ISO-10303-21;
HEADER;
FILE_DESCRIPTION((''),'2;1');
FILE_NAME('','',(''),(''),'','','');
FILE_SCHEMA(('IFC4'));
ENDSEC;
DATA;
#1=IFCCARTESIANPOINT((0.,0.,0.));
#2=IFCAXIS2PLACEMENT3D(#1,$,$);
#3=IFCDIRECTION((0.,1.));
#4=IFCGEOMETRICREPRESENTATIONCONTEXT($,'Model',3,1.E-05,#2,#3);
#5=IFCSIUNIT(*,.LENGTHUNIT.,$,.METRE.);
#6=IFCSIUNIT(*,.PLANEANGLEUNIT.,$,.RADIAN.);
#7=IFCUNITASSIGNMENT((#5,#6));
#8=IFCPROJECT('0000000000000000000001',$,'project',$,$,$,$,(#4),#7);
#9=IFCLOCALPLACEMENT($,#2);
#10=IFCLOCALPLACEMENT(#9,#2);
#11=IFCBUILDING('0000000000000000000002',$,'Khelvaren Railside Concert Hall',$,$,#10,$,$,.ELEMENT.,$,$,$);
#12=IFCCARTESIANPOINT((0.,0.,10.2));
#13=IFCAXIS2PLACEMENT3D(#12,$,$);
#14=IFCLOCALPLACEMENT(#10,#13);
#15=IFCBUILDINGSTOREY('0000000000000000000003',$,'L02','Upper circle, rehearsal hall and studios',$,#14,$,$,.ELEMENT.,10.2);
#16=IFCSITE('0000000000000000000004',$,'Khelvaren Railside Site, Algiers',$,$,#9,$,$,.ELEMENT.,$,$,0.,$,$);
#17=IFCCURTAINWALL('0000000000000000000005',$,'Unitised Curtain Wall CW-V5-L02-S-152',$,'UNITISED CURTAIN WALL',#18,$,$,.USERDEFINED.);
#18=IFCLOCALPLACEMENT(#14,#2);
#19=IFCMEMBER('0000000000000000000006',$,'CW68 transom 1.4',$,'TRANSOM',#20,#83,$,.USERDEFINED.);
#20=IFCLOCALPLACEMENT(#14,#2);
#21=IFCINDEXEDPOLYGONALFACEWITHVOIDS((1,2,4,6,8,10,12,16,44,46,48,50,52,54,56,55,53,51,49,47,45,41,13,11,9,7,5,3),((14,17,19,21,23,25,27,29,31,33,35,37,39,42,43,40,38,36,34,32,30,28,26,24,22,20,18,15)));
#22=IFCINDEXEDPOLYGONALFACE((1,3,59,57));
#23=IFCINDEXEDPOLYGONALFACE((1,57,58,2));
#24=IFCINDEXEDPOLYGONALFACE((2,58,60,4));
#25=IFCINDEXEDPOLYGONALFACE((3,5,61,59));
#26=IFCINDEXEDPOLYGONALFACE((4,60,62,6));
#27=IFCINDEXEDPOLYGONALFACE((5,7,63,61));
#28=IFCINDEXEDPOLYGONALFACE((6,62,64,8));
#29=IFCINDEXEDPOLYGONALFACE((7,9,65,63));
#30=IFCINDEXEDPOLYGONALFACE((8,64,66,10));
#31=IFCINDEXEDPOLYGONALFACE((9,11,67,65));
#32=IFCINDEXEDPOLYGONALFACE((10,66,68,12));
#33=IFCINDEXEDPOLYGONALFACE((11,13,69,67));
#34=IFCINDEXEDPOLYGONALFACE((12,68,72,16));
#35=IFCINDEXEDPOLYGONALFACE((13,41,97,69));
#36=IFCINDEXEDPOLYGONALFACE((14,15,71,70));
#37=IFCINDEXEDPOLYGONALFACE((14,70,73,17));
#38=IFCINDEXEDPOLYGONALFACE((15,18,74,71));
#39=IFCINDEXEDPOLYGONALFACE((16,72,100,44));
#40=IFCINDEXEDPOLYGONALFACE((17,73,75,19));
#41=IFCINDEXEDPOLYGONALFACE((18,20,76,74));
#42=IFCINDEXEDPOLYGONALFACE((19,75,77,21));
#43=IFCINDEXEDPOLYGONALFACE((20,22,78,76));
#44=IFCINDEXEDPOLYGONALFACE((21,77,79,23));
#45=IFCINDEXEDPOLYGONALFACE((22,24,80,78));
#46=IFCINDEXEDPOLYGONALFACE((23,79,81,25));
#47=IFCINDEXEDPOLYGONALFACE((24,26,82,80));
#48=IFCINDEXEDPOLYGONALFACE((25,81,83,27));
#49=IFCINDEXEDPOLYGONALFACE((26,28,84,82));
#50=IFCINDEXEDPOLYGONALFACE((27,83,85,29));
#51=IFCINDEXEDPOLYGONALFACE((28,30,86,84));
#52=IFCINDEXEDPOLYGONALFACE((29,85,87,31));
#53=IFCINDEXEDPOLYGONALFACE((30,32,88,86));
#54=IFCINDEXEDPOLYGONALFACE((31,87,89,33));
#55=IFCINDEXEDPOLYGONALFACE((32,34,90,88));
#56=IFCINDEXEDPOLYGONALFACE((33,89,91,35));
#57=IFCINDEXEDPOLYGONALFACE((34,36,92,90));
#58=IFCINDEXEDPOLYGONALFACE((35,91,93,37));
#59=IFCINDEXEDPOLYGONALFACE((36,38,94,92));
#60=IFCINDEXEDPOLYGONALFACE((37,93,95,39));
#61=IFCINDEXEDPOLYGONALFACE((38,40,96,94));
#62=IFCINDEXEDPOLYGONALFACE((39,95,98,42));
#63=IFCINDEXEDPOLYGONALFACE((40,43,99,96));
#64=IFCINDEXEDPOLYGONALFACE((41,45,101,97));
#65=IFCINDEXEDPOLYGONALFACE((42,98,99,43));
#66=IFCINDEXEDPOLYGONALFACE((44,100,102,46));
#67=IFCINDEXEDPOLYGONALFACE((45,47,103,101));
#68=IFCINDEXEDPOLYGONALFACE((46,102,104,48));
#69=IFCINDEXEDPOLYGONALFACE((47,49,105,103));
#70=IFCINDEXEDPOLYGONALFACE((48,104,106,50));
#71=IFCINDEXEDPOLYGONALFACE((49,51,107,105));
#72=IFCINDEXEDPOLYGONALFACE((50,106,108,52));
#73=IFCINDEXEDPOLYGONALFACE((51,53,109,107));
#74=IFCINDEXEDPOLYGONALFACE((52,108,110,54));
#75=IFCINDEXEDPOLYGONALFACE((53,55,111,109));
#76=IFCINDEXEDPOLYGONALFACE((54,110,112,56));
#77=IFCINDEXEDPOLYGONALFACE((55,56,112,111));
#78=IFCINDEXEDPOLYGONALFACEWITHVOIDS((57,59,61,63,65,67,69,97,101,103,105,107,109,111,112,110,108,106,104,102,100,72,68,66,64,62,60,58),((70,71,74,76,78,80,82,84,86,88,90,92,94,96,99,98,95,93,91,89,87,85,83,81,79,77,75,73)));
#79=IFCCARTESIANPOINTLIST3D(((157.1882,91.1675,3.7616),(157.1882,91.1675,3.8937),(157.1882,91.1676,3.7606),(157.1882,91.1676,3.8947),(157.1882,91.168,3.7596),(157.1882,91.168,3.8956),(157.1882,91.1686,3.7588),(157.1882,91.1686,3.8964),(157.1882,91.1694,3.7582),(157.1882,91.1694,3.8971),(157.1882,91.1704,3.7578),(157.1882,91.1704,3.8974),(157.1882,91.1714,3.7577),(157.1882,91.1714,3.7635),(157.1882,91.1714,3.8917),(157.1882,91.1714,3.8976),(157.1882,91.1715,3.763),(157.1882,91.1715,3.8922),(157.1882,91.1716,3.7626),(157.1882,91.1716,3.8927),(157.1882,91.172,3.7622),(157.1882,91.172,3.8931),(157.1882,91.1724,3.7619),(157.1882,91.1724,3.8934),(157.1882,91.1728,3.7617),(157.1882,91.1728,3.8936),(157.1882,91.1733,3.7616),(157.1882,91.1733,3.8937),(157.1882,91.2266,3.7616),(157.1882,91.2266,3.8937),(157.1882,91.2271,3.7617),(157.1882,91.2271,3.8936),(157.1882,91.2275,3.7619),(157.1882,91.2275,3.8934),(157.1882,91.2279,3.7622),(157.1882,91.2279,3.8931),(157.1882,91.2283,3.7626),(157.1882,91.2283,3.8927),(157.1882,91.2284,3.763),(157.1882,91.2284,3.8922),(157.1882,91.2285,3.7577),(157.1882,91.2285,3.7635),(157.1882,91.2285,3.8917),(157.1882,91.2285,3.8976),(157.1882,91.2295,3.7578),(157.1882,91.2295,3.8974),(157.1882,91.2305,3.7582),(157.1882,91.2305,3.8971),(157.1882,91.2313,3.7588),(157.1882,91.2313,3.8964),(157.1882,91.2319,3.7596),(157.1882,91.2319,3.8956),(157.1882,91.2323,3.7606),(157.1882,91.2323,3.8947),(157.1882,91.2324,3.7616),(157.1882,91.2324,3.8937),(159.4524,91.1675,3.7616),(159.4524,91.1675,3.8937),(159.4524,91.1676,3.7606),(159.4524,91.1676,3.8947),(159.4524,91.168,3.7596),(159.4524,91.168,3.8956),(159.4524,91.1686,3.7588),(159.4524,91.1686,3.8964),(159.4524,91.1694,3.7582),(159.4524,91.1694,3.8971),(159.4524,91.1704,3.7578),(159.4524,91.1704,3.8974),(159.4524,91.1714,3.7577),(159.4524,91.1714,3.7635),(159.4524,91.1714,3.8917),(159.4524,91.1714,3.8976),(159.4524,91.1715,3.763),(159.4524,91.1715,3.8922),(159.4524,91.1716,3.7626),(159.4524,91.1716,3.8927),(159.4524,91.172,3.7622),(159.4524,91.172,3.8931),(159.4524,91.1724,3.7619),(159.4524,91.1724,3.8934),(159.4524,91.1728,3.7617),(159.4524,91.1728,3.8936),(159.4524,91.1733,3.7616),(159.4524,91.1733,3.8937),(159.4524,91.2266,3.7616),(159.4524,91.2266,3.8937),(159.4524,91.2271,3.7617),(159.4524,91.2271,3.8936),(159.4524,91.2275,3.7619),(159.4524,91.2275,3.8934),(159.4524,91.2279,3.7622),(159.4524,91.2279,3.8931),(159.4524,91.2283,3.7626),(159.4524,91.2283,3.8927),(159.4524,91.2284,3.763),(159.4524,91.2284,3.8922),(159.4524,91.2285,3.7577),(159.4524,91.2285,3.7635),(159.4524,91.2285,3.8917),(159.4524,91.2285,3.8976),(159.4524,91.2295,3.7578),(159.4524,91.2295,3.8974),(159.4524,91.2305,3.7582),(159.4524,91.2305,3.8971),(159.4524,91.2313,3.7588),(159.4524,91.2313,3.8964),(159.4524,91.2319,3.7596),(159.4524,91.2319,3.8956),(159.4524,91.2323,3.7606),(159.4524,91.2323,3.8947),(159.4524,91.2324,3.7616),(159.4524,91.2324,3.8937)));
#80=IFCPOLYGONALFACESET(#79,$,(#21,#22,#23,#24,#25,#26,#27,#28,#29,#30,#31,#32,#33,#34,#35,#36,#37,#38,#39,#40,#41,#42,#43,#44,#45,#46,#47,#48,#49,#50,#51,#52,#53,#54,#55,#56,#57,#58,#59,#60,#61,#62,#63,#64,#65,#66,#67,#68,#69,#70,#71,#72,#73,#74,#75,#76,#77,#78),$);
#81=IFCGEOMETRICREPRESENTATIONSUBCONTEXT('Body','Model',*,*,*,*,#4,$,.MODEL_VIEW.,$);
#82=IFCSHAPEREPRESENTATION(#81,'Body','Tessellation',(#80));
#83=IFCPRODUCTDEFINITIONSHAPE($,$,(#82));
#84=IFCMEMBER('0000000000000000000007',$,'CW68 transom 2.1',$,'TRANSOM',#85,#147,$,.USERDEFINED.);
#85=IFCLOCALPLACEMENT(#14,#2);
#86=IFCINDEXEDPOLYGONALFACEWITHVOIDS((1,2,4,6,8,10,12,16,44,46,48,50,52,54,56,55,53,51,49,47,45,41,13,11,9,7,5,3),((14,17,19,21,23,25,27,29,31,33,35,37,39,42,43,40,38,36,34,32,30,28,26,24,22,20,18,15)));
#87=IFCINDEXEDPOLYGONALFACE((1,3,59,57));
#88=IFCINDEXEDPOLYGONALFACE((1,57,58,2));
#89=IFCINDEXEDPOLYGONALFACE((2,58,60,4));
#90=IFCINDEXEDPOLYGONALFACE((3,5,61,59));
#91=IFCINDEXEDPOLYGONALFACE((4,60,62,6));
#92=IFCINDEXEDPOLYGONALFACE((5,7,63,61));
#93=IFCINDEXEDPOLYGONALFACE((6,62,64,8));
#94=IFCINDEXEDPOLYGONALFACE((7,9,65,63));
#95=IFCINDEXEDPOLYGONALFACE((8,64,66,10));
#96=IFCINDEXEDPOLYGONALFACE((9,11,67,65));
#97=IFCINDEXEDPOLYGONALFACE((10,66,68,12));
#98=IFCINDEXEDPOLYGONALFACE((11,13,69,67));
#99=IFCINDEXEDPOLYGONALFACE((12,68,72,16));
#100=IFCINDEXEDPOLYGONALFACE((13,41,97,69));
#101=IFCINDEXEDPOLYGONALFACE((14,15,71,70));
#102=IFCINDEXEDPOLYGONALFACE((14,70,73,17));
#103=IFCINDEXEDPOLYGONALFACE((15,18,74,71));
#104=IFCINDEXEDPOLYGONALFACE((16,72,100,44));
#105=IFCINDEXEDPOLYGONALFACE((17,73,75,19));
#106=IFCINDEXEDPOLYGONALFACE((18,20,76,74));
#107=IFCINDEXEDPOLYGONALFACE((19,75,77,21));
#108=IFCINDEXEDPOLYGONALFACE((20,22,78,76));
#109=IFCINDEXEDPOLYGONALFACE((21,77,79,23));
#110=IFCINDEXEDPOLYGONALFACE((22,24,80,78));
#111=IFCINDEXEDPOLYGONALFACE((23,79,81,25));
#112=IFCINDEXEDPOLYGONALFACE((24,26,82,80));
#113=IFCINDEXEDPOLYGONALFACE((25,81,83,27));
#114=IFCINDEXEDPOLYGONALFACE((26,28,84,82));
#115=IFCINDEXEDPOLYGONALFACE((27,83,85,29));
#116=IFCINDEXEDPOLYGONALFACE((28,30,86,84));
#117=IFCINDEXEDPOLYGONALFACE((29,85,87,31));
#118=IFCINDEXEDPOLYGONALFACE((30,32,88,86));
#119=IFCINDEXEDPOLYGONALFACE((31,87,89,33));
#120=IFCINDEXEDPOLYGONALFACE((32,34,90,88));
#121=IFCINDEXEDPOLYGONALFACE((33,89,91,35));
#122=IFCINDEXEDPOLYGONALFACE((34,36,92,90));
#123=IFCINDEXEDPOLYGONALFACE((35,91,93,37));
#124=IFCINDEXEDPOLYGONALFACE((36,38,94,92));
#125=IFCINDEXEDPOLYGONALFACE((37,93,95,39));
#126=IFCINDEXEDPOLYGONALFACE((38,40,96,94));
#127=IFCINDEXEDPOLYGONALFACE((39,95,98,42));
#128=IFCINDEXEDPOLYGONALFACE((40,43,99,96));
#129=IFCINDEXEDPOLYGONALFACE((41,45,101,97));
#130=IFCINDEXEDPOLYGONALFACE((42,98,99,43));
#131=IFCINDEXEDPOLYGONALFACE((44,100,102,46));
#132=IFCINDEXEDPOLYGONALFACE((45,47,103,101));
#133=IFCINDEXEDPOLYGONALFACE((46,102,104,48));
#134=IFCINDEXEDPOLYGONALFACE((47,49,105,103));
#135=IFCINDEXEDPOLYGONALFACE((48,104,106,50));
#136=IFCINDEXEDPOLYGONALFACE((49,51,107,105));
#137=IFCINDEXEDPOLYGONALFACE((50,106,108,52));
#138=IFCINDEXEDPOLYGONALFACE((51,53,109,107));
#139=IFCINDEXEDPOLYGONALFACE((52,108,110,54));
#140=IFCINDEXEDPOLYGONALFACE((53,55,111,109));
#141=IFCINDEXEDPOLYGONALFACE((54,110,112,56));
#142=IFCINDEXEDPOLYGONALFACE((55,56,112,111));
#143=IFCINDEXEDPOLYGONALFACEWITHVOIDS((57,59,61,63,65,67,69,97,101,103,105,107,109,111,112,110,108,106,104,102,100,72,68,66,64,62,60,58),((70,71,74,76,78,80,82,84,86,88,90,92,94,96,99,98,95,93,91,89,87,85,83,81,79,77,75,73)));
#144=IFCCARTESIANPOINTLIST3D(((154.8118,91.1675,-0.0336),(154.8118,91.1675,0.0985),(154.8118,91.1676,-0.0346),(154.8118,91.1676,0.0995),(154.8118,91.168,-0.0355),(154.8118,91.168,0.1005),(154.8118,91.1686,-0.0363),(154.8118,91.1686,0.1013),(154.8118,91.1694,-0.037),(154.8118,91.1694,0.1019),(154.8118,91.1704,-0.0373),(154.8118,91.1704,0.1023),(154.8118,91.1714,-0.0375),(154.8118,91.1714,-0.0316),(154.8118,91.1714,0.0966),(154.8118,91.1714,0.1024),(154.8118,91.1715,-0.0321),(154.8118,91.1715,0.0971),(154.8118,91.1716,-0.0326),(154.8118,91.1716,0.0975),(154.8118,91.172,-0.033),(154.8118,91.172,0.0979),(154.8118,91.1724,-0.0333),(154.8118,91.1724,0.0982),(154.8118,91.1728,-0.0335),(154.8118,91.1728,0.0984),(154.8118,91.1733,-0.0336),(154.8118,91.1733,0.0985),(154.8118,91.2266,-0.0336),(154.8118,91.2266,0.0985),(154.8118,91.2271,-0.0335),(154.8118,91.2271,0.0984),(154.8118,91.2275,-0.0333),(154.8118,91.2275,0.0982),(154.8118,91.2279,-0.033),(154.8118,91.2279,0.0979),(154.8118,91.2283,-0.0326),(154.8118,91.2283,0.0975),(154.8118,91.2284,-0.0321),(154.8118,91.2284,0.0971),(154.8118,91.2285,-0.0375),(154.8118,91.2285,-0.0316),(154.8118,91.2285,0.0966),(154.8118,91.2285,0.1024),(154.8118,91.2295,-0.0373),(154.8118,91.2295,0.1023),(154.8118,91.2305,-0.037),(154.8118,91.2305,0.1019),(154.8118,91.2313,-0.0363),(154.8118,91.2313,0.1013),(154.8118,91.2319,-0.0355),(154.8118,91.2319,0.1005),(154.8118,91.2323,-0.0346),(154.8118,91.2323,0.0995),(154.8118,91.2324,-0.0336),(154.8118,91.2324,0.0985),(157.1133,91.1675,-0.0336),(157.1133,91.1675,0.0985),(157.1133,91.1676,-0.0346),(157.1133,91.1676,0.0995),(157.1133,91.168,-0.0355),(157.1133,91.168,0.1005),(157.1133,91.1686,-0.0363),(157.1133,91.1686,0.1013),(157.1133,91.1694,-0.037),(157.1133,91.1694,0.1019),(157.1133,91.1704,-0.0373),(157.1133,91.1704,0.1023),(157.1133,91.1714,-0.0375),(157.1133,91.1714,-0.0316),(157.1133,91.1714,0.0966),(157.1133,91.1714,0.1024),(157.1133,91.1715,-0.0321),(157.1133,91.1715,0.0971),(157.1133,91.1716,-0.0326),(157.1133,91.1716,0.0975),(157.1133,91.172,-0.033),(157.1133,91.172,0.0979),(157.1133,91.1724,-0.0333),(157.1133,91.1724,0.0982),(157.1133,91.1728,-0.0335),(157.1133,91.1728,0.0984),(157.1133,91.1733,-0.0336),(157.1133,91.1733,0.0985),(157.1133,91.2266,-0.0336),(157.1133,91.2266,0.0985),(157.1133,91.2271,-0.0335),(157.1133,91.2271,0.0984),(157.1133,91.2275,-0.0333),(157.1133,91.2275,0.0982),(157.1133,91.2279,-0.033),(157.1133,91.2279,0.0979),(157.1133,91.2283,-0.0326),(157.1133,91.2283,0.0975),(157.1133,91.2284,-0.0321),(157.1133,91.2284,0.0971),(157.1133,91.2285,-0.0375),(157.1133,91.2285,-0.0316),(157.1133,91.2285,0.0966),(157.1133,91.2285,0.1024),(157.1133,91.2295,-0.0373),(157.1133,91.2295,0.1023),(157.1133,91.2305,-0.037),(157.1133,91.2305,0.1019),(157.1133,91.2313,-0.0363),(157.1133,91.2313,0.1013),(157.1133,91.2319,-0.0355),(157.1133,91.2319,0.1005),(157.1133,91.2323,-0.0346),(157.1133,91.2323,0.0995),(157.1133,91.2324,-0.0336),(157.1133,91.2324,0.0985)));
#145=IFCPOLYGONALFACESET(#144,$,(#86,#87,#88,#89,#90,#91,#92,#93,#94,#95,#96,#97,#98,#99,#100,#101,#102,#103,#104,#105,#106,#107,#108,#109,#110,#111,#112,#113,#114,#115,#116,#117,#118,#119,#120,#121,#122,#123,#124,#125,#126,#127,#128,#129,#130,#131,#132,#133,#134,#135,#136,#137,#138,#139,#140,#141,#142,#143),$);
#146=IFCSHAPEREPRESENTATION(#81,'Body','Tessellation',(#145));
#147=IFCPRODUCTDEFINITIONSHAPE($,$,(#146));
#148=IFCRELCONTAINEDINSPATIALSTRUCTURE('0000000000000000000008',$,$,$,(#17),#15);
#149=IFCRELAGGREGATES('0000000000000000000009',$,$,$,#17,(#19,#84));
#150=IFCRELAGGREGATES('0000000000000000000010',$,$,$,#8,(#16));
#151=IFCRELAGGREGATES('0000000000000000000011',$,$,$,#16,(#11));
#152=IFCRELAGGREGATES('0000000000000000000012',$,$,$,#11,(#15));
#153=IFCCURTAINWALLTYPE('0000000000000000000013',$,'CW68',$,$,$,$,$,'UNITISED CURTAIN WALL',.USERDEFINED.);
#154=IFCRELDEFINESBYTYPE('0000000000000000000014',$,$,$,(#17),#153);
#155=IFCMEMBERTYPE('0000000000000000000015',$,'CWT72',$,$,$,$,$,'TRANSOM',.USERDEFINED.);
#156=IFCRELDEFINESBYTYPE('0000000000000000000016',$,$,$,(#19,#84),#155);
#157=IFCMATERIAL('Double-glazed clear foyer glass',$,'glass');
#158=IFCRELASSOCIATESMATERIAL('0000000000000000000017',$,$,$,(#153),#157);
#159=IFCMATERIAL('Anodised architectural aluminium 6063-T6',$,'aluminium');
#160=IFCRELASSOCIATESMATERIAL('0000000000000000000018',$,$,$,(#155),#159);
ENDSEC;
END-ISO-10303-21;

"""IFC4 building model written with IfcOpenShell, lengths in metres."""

from ifc_helpers import new_model, si_unit, direction, frame, origin, origin_2d, place, context, subcontext, project, spatial, hollow_rectangle, extrude, material, material_profile, profile_set, type_object, element, aggregate, save


model = new_model("IFC4")

# Units and contexts
model_context = context("Model", 3, precision=1e-05, world=origin(), true_north=direction((0.0, 1.0)))
body_context = subcontext(model_context, "Body", "Model", "MODEL_VIEW")
ifc_project = project(units=[si_unit("LENGTHUNIT", "METRE"), si_unit("PLANEANGLEUNIT", "RADIAN")], contexts=[model_context])

# Site, building, storey
site_placement = place(None, origin())
site = spatial("IfcSite", under=ifc_project, at=site_placement, Name="Khelvaren Railside Site, Algiers", CompositionType="ELEMENT", RefElevation=0.0)
building_placement = place(site_placement, origin())
building = spatial("IfcBuilding", under=site, at=building_placement, Name="Khelvaren Railside Concert Hall", CompositionType="ELEMENT")
storey_placement = place(building_placement, frame((0.0, 0.0, 10.2)))
storey = spatial("IfcBuildingStorey", under=building, at=storey_placement, Name="L02", Description="Upper circle, rehearsal hall and studios", CompositionType="ELEMENT", Elevation=10.2)

# Curtain wall, members
ifc_material_1 = material(Name="Double-glazed clear foyer glass", Category="glass")
curtain_wall_type = type_object("IfcCurtainWallType", Name="CW68", ElementType="UNITISED CURTAIN WALL", PredefinedType="USERDEFINED", material=ifc_material_1)
curtain_wall_placement = place(storey_placement, origin())
curtain_wall = element("IfcCurtainWall", 1, at=curtain_wall_placement, inside=storey, type_object=curtain_wall_type, Name="Unitised Curtain Wall CW-V5-L02-S-152", ObjectType="UNITISED CURTAIN WALL", PredefinedType="USERDEFINED")
ifc_material_2 = material(Name="Anodised architectural aluminium 6063-T6", Category="aluminium")
ifc_material_profile_1 = material_profile(ifc_material_2, hollow_rectangle(XDim=0.0649, YDim=0.1399, WallThickness=0.0039, InnerFilletRadius=0.002, OuterFilletRadius=0.0039, at=origin_2d()), Name="CWT 65x140x4")
ifc_profile_set_1 = profile_set([ifc_material_profile_1], Name="Anodised architectural aluminium 6063-T6")
member_type_1 = type_object("IfcMemberType", Name="CWT72", ElementType="TRANSOM", PredefinedType="USERDEFINED", material=ifc_profile_set_1)
member_1_placement = place(storey_placement, frame((159.4524, 91.2, 3.8276), z_axis=(-1.0, 0.0, 0.0), x_axis=(0.0, -1.0, 0.0)))
member_1 = element("IfcMember", 2, at=member_1_placement, type_object=member_type_1, Name="CW68 transom 1.4", ObjectType="TRANSOM", PredefinedType="USERDEFINED", context=body_context, shape_type="SweptSolid", body=[
    extrude(hollow_rectangle(XDim=0.0649, YDim=0.1399, WallThickness=0.0039, InnerFilletRadius=0.002, OuterFilletRadius=0.0039, at=origin_2d()), origin(), (0.0, 0.0, 1.0), 2.2642),
])
member_2_placement = place(storey_placement, frame((157.1133, 91.2, 0.0325), z_axis=(-1.0, 0.0, 0.0), x_axis=(0.0, -1.0, 0.0)))
member_2 = element("IfcMember", 3, at=member_2_placement, type_object=member_type_1, Name="CW68 transom 2.1", ObjectType="TRANSOM", PredefinedType="USERDEFINED", context=body_context, shape_type="SweptSolid", body=[
    extrude(hollow_rectangle(XDim=0.0649, YDim=0.1399, WallThickness=0.0039, InnerFilletRadius=0.002, OuterFilletRadius=0.0039, at=origin_2d()), origin(), (0.0, 0.0, 1.0), 2.3015),
])

aggregate(curtain_wall, [member_1, member_2])

save(model, "model.ifc")
